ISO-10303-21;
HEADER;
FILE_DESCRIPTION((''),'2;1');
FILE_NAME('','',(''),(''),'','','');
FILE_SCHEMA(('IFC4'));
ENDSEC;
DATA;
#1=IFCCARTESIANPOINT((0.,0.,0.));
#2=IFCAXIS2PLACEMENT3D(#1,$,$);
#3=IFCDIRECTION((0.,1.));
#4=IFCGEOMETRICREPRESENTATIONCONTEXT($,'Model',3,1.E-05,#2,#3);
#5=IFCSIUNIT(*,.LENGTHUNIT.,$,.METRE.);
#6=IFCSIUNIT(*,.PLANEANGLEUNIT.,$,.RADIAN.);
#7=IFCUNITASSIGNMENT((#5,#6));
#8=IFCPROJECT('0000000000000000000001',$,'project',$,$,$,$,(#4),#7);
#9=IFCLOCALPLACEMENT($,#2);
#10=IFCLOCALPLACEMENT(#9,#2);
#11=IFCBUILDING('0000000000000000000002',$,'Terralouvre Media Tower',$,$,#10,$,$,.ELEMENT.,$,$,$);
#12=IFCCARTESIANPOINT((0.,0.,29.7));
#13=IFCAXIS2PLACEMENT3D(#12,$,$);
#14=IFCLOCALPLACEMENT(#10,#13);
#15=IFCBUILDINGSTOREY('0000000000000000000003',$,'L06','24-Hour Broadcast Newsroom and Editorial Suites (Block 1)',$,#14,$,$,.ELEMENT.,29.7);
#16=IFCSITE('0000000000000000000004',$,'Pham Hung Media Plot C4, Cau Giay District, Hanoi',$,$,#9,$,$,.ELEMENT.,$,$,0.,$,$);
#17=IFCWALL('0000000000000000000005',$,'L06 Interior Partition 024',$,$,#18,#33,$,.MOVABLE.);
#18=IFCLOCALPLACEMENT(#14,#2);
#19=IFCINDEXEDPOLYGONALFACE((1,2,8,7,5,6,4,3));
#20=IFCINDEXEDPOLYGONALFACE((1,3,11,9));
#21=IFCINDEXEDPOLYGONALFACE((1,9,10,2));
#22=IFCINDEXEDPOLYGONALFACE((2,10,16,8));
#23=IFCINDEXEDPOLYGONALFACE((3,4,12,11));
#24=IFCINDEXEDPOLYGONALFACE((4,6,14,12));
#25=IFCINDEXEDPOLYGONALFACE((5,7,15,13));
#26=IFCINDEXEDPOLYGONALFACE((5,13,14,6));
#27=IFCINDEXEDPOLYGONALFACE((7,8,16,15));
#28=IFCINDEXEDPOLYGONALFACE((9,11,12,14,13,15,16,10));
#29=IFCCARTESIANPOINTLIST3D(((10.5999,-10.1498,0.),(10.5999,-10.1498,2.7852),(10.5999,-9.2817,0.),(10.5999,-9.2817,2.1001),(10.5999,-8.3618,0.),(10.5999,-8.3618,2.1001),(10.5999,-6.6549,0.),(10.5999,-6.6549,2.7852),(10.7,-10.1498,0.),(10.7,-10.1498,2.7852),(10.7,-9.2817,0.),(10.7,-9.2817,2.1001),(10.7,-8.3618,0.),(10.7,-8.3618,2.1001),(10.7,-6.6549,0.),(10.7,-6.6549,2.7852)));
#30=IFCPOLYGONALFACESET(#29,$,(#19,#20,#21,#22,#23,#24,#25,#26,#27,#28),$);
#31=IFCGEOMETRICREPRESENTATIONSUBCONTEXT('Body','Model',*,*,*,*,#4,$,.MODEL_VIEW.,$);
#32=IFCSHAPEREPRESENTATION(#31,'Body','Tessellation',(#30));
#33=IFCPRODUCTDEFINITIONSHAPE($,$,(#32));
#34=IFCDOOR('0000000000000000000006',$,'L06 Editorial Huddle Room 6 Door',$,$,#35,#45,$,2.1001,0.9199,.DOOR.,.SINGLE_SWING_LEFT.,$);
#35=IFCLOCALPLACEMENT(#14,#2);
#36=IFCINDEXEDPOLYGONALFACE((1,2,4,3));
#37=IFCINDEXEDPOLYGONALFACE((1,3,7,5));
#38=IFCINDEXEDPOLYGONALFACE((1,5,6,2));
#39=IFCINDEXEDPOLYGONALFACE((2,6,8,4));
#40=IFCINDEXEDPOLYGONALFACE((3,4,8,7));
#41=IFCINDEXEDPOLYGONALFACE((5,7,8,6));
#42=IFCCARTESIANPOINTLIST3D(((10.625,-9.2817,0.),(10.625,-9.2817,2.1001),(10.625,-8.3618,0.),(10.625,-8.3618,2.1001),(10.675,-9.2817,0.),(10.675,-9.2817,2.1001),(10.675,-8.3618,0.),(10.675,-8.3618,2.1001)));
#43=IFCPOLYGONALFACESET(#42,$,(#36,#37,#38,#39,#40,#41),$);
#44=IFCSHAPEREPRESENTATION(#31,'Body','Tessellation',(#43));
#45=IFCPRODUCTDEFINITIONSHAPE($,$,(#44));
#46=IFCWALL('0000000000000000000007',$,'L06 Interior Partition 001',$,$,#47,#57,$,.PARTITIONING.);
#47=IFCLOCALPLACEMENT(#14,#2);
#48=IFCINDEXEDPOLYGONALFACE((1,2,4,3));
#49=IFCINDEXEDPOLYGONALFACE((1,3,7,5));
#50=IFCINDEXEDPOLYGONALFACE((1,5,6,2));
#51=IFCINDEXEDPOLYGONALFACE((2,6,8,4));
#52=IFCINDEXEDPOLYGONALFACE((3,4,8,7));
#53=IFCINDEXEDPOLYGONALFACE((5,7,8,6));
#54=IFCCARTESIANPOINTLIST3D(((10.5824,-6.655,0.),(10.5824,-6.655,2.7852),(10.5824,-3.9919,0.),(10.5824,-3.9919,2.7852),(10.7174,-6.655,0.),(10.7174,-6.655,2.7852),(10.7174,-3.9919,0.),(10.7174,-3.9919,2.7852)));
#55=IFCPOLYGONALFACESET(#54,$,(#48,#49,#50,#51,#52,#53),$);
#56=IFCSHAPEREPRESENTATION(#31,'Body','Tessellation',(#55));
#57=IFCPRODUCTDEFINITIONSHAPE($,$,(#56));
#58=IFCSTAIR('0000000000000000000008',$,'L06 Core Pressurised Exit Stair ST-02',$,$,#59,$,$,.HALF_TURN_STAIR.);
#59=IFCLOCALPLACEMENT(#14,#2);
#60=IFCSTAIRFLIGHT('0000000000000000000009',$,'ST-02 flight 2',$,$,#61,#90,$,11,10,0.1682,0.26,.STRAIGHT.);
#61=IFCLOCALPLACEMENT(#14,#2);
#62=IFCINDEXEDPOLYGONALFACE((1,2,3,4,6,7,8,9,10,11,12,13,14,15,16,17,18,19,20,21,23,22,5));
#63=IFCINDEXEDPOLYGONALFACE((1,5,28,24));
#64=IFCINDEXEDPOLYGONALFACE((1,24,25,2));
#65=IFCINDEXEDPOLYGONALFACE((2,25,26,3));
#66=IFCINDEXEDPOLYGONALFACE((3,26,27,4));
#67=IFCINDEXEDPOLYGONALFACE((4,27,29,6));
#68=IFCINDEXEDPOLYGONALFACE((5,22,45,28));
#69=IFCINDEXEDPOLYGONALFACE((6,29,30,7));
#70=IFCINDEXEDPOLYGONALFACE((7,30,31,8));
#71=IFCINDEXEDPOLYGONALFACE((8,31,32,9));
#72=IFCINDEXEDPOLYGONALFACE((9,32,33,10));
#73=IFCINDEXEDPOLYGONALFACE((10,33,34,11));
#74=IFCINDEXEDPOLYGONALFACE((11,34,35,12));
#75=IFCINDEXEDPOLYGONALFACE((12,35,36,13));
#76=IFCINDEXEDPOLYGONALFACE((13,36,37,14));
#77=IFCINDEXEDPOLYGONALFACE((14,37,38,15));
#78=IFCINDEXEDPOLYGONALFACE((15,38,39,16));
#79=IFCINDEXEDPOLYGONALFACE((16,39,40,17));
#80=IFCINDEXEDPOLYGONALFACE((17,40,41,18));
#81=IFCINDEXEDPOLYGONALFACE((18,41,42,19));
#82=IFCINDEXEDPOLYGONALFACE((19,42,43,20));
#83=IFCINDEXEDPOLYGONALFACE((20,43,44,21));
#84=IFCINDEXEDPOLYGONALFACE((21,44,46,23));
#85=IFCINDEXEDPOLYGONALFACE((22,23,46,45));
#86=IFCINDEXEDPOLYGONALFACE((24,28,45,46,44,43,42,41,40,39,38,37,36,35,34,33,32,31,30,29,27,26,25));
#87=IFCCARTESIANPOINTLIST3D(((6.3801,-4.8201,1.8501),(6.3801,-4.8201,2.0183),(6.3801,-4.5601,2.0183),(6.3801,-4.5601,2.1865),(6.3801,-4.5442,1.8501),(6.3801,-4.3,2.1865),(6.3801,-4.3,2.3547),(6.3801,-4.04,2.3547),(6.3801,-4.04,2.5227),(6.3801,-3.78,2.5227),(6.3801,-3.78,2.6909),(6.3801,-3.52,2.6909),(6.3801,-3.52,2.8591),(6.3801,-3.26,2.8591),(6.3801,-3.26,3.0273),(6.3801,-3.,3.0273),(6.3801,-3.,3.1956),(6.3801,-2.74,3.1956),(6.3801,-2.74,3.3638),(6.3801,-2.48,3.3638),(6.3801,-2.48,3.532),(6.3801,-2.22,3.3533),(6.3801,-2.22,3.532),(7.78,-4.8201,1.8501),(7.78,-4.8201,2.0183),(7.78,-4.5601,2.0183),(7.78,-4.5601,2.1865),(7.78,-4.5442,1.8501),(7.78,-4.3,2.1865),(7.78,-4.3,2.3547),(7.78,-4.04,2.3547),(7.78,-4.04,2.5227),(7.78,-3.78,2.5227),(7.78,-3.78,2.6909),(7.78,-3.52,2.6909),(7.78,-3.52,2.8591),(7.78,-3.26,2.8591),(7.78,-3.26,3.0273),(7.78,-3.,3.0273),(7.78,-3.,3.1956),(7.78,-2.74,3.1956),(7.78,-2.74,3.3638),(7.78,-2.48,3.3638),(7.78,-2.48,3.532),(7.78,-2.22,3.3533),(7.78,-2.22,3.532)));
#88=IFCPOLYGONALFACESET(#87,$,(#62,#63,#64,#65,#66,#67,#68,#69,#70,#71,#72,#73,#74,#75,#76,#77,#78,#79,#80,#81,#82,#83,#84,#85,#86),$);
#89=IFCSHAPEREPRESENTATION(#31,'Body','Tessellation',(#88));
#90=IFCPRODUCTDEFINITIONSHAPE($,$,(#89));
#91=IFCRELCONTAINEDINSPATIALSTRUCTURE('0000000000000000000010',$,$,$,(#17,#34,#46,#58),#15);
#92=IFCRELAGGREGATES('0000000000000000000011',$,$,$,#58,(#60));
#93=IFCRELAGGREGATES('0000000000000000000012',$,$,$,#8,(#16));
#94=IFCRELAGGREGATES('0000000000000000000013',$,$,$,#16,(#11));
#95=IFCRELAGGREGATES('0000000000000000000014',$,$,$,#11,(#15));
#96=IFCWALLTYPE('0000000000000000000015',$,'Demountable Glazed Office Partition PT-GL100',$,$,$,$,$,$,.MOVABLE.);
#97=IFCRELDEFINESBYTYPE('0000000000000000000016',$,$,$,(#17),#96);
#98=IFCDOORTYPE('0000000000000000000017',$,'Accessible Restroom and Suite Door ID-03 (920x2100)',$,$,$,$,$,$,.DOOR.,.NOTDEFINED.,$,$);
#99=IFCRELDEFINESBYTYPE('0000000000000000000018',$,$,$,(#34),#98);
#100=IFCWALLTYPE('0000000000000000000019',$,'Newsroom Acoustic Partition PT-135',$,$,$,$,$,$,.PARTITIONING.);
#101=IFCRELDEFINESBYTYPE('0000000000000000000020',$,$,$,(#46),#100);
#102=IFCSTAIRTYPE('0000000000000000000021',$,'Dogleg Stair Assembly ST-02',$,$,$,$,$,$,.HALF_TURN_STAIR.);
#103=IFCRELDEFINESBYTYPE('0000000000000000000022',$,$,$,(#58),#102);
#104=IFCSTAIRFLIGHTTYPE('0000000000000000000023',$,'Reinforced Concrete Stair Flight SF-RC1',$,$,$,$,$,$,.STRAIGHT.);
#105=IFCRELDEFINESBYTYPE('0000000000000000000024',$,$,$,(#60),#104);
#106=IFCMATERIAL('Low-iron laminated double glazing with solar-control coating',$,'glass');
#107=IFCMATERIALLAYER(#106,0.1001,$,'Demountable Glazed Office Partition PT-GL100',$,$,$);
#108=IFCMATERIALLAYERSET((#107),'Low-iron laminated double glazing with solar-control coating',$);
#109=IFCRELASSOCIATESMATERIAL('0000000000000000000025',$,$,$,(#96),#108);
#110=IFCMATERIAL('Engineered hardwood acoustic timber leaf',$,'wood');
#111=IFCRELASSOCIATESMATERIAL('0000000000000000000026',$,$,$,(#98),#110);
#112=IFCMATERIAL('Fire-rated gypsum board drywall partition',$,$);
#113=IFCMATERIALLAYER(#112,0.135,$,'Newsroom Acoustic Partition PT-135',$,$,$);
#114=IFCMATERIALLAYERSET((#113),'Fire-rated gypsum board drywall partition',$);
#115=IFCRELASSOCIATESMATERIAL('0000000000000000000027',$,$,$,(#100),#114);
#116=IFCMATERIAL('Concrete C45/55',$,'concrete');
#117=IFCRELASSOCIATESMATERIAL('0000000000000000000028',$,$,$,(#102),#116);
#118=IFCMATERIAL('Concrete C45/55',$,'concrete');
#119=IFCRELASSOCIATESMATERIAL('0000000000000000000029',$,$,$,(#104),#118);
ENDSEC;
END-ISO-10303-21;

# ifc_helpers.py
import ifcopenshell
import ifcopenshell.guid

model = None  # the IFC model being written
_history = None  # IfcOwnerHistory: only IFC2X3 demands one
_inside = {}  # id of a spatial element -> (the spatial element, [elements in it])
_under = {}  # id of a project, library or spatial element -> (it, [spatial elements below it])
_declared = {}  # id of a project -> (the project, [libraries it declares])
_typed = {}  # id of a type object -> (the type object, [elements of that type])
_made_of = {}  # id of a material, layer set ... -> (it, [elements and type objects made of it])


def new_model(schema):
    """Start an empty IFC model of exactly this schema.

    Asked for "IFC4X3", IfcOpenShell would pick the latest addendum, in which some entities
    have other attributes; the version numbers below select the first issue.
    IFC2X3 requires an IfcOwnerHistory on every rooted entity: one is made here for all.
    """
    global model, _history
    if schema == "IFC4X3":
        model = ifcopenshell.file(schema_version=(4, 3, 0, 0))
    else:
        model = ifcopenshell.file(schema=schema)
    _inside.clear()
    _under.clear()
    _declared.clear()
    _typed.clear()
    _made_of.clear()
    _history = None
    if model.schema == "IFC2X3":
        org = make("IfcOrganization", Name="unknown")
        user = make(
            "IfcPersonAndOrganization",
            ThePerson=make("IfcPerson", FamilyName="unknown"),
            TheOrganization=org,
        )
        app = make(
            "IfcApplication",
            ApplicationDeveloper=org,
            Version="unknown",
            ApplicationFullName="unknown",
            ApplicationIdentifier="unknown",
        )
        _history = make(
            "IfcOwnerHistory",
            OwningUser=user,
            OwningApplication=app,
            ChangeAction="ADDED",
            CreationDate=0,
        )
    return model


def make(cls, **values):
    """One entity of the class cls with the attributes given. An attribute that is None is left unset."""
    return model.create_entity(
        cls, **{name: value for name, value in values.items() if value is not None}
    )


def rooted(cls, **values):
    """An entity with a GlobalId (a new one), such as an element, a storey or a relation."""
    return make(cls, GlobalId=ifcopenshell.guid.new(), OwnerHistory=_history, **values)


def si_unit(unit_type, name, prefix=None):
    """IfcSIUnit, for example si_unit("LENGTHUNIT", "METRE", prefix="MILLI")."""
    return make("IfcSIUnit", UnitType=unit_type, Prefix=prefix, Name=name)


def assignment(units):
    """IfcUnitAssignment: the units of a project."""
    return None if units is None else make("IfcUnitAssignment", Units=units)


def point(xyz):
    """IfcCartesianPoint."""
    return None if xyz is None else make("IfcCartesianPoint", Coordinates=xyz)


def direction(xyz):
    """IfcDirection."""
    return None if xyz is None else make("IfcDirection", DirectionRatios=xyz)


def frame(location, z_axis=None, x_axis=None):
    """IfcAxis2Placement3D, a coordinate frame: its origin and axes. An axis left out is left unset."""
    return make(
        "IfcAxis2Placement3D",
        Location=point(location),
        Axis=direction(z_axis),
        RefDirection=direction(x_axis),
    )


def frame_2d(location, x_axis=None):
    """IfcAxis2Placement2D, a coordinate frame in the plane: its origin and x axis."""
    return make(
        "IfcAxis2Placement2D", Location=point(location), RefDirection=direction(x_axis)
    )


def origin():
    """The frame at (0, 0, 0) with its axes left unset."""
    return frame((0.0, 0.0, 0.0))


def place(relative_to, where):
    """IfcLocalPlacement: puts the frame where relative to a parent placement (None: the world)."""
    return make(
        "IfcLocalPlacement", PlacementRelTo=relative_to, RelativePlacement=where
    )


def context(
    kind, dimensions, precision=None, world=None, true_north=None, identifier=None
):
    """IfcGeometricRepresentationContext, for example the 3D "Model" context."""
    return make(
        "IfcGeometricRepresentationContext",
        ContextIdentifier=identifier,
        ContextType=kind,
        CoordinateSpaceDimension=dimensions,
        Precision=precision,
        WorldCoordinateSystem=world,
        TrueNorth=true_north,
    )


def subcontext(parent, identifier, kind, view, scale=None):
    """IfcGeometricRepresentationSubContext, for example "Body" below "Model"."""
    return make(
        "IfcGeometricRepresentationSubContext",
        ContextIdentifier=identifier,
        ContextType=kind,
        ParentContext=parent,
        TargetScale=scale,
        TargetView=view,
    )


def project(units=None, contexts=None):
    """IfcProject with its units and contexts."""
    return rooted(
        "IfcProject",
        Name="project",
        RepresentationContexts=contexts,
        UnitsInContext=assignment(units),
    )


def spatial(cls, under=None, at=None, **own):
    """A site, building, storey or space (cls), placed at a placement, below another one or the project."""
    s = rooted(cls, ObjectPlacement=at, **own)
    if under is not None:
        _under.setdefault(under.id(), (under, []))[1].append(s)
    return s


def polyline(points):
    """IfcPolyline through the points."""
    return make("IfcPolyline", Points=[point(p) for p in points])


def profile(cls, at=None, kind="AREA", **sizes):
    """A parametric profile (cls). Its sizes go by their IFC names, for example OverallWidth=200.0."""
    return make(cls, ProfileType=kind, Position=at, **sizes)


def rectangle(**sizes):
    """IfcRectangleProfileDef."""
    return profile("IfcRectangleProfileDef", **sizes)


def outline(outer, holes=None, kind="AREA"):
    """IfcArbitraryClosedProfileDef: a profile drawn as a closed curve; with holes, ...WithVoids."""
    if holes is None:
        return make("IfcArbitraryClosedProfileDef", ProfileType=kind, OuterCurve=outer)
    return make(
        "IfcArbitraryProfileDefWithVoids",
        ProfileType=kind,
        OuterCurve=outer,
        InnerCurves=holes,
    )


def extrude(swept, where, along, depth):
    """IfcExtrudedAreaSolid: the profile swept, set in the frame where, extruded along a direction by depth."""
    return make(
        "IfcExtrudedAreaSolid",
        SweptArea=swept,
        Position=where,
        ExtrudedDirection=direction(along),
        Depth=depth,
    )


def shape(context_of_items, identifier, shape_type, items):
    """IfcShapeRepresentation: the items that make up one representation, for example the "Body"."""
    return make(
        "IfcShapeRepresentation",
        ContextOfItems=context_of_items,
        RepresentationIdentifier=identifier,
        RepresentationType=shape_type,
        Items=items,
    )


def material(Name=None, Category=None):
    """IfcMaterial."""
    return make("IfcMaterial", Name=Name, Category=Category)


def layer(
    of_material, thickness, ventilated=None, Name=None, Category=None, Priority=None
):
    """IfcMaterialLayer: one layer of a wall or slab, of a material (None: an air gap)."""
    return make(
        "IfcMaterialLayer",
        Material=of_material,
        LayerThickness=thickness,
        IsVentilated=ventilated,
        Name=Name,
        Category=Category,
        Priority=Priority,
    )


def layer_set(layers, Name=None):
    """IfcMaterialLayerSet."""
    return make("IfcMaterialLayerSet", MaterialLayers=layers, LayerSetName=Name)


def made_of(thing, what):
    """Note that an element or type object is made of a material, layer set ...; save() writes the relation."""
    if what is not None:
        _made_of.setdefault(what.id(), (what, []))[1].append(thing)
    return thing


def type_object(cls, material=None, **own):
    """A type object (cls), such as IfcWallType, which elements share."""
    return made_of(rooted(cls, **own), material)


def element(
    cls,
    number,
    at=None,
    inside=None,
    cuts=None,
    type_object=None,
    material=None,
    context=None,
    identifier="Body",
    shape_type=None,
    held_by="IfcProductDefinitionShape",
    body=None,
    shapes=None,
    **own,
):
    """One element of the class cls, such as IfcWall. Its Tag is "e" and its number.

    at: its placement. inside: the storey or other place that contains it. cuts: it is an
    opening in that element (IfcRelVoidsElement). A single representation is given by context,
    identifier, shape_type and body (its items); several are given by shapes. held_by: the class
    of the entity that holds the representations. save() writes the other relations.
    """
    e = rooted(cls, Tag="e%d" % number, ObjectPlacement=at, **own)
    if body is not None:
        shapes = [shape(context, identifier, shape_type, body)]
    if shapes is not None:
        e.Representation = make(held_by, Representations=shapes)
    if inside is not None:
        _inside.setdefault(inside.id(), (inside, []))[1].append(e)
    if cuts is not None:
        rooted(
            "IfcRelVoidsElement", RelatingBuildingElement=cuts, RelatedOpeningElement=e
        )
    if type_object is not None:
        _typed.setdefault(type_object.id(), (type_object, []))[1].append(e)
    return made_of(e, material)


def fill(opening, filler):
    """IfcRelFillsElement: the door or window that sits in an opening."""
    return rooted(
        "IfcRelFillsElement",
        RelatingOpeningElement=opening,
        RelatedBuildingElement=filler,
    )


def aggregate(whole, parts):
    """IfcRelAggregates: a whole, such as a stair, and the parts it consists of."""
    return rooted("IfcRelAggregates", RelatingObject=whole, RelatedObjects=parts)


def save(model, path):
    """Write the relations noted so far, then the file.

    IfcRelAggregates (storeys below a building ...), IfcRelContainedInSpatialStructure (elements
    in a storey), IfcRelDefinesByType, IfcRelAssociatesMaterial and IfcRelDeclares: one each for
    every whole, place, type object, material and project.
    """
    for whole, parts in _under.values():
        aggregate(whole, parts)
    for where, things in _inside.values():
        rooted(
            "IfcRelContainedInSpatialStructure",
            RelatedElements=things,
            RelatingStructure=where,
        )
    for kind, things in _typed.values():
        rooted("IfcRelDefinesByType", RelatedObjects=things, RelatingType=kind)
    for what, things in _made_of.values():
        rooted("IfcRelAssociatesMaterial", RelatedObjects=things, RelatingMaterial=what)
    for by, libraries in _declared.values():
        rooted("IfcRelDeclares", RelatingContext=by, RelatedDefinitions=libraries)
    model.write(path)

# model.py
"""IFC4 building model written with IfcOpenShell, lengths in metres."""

from ifc_helpers import new_model, si_unit, direction, frame, frame_2d, origin, place, context, subcontext, project, spatial, polyline, rectangle, outline, extrude, material, layer, layer_set, type_object, element, fill, aggregate, save


model = new_model("IFC4")

# Units and contexts
model_context = context("Model", 3, precision=1e-05, world=origin(), true_north=direction((0.0, 1.0)))
body_context = subcontext(model_context, "Body", "Model", "MODEL_VIEW")
ifc_project = project(units=[si_unit("LENGTHUNIT", "METRE"), si_unit("PLANEANGLEUNIT", "RADIAN")], contexts=[model_context])

# Site, building, storey
site_placement = place(None, origin())
site = spatial("IfcSite", under=ifc_project, at=site_placement, Name="Pham Hung Media Plot C4, Cau Giay District, Hanoi", CompositionType="ELEMENT", RefElevation=0.0)
building_placement = place(site_placement, origin())
building = spatial("IfcBuilding", under=site, at=building_placement, Name="Terralouvre Media Tower", CompositionType="ELEMENT")
storey_placement = place(building_placement, frame((0.0, 0.0, 29.7)))
storey = spatial("IfcBuildingStorey", under=building, at=storey_placement, Name="L06", Description="24-Hour Broadcast Newsroom and Editorial Suites (Block 1)", CompositionType="ELEMENT", Elevation=29.7)

# Shared definitions
ifc_material_1 = material(Name="Low-iron laminated double glazing with solar-control coating", Category="glass")
ifc_layer_1 = layer(ifc_material_1, 0.1001, Name="Demountable Glazed Office Partition PT-GL100")
ifc_layer_set_1 = layer_set([ifc_layer_1], Name="Low-iron laminated double glazing with solar-control coating")
wall_type_1 = type_object("IfcWallType", Name="Demountable Glazed Office Partition PT-GL100", PredefinedType="MOVABLE", material=ifc_layer_set_1)

# Wall, opening, door
wall_1_placement = place(storey_placement, frame((10.6499, -10.1499, 0.0), z_axis=(0.0, 0.0, 1.0), x_axis=(0.0, 1.0, 0.0)))
wall_1 = element("IfcWall", 1, at=wall_1_placement, inside=storey, type_object=wall_type_1, Name="L06 Interior Partition 024", PredefinedType="MOVABLE", context=body_context, shape_type="SweptSolid", body=[
    extrude(rectangle(XDim=3.4949, YDim=0.1001, at=frame_2d((1.7476, 0.0))), origin(), (0.0, 0.0, 1.0), 2.7852),
])
opening_1_placement = place(wall_1_placement, frame((0.8682, 0.0, 0.0)))
opening_1 = element("IfcOpeningElement", 2, at=opening_1_placement, cuts=wall_1, PredefinedType="OPENING", context=body_context, shape_type="SweptSolid", body=[
    extrude(rectangle(XDim=0.9199, YDim=2.1001, at=frame_2d((0.46, 1.05))), frame((0.0, 0.0601, 0.0), z_axis=(0.0, -1.0, 0.0), x_axis=(1.0, 0.0, 0.0)), (0.0, 0.0, 1.0), 0.1201),
])
ifc_material_2 = material(Name="Engineered hardwood acoustic timber leaf", Category="wood")
door_type_1 = type_object("IfcDoorType", Name="Accessible Restroom and Suite Door ID-03 (920x2100)", OperationType="NOTDEFINED", PredefinedType="DOOR", material=ifc_material_2)
door_1_placement = place(opening_1_placement, origin())
door_1 = element("IfcDoor", 3, at=door_1_placement, inside=storey, type_object=door_type_1, Name="L06 Editorial Huddle Room 6 Door", OperationType="SINGLE_SWING_LEFT", OverallHeight=2.1001, OverallWidth=0.9199, PredefinedType="DOOR", context=body_context, shape_type="SweptSolid", body=[
    extrude(rectangle(XDim=0.9199, YDim=2.1001, at=frame_2d((0.46, 1.05))), frame((0.0, 0.0249, 0.0), z_axis=(0.0, -1.0, 0.0), x_axis=(1.0, 0.0, 0.0)), (0.0, 0.0, 1.0), 0.05),
])
fill(opening_1, door_1)

# Wall
ifc_material_3 = material(Name="Fire-rated gypsum board drywall partition")
ifc_layer_2 = layer(ifc_material_3, 0.135, Name="Newsroom Acoustic Partition PT-135")
ifc_layer_set_2 = layer_set([ifc_layer_2], Name="Fire-rated gypsum board drywall partition")
wall_type_2 = type_object("IfcWallType", Name="Newsroom Acoustic Partition PT-135", PredefinedType="PARTITIONING", material=ifc_layer_set_2)
wall_2_placement = place(storey_placement, frame((10.6499, -6.655, 0.0), z_axis=(0.0, 0.0, 1.0), x_axis=(0.0, 1.0, 0.0)))
element("IfcWall", 4, at=wall_2_placement, inside=storey, type_object=wall_type_2, Name="L06 Interior Partition 001", PredefinedType="PARTITIONING", context=body_context, shape_type="SweptSolid", body=[
    extrude(rectangle(XDim=2.6631, YDim=0.135, at=frame_2d((1.3315, 0.0))), origin(), (0.0, 0.0, 1.0), 2.7852),
])

# Stair, stair flight
ifc_material_4 = material(Name="Concrete C45/55", Category="concrete")
stair_type = type_object("IfcStairType", Name="Dogleg Stair Assembly ST-02", PredefinedType="HALF_TURN_STAIR", material=ifc_material_4)
stair_placement = place(storey_placement, origin())
stair = element("IfcStair", 5, at=stair_placement, inside=storey, type_object=stair_type, Name="L06 Core Pressurised Exit Stair ST-02", PredefinedType="HALF_TURN_STAIR")
ifc_material_5 = material(Name="Concrete C45/55", Category="concrete")
stair_flight_type = type_object("IfcStairFlightType", Name="Reinforced Concrete Stair Flight SF-RC1", PredefinedType="STRAIGHT", material=ifc_material_5)
stair_flight_placement = place(storey_placement, frame((7.0801, -4.8201, 1.8501), z_axis=(0.0, 0.0, 1.0), x_axis=(0.0, 1.0, 0.0)))
stair_flight = element("IfcStairFlight", 6, at=stair_flight_placement, type_object=stair_flight_type, Name="ST-02 flight 2", NumberOfRisers=11, NumberOfTreads=10, PredefinedType="STRAIGHT", RiserHeight=0.1682, TreadLength=0.26, context=body_context, shape_type="SweptSolid", body=[
    extrude(outline(polyline([(0.0, 0.0), (0.0, 0.1682), (0.26, 0.1682), (0.26, 0.3364), (0.52, 0.3364), (0.52, 0.5046), (0.78, 0.5046), (0.78, 0.6726), (1.04, 0.6726), (1.04, 0.8408), (1.3, 0.8408), (1.3, 1.009), (1.5601, 1.009), (1.5601, 1.1772), (1.8201, 1.1772), (1.8201, 1.3455), (2.0801, 1.3455), (2.0801, 1.5137), (2.3401, 1.5137), (2.3401, 1.6819), (2.6001, 1.6819), (2.6001, 1.8501), (2.6001, 1.5032), (0.2759, 0.0), (0.0, 0.0)])), frame((0.0, 0.7, 0.0), z_axis=(0.0, -1.0, 0.0), x_axis=(1.0, 0.0, 0.0)), (0.0, 0.0, 1.0), 1.3999),
])
aggregate(stair, [stair_flight])

save(model, "model.ifc")
